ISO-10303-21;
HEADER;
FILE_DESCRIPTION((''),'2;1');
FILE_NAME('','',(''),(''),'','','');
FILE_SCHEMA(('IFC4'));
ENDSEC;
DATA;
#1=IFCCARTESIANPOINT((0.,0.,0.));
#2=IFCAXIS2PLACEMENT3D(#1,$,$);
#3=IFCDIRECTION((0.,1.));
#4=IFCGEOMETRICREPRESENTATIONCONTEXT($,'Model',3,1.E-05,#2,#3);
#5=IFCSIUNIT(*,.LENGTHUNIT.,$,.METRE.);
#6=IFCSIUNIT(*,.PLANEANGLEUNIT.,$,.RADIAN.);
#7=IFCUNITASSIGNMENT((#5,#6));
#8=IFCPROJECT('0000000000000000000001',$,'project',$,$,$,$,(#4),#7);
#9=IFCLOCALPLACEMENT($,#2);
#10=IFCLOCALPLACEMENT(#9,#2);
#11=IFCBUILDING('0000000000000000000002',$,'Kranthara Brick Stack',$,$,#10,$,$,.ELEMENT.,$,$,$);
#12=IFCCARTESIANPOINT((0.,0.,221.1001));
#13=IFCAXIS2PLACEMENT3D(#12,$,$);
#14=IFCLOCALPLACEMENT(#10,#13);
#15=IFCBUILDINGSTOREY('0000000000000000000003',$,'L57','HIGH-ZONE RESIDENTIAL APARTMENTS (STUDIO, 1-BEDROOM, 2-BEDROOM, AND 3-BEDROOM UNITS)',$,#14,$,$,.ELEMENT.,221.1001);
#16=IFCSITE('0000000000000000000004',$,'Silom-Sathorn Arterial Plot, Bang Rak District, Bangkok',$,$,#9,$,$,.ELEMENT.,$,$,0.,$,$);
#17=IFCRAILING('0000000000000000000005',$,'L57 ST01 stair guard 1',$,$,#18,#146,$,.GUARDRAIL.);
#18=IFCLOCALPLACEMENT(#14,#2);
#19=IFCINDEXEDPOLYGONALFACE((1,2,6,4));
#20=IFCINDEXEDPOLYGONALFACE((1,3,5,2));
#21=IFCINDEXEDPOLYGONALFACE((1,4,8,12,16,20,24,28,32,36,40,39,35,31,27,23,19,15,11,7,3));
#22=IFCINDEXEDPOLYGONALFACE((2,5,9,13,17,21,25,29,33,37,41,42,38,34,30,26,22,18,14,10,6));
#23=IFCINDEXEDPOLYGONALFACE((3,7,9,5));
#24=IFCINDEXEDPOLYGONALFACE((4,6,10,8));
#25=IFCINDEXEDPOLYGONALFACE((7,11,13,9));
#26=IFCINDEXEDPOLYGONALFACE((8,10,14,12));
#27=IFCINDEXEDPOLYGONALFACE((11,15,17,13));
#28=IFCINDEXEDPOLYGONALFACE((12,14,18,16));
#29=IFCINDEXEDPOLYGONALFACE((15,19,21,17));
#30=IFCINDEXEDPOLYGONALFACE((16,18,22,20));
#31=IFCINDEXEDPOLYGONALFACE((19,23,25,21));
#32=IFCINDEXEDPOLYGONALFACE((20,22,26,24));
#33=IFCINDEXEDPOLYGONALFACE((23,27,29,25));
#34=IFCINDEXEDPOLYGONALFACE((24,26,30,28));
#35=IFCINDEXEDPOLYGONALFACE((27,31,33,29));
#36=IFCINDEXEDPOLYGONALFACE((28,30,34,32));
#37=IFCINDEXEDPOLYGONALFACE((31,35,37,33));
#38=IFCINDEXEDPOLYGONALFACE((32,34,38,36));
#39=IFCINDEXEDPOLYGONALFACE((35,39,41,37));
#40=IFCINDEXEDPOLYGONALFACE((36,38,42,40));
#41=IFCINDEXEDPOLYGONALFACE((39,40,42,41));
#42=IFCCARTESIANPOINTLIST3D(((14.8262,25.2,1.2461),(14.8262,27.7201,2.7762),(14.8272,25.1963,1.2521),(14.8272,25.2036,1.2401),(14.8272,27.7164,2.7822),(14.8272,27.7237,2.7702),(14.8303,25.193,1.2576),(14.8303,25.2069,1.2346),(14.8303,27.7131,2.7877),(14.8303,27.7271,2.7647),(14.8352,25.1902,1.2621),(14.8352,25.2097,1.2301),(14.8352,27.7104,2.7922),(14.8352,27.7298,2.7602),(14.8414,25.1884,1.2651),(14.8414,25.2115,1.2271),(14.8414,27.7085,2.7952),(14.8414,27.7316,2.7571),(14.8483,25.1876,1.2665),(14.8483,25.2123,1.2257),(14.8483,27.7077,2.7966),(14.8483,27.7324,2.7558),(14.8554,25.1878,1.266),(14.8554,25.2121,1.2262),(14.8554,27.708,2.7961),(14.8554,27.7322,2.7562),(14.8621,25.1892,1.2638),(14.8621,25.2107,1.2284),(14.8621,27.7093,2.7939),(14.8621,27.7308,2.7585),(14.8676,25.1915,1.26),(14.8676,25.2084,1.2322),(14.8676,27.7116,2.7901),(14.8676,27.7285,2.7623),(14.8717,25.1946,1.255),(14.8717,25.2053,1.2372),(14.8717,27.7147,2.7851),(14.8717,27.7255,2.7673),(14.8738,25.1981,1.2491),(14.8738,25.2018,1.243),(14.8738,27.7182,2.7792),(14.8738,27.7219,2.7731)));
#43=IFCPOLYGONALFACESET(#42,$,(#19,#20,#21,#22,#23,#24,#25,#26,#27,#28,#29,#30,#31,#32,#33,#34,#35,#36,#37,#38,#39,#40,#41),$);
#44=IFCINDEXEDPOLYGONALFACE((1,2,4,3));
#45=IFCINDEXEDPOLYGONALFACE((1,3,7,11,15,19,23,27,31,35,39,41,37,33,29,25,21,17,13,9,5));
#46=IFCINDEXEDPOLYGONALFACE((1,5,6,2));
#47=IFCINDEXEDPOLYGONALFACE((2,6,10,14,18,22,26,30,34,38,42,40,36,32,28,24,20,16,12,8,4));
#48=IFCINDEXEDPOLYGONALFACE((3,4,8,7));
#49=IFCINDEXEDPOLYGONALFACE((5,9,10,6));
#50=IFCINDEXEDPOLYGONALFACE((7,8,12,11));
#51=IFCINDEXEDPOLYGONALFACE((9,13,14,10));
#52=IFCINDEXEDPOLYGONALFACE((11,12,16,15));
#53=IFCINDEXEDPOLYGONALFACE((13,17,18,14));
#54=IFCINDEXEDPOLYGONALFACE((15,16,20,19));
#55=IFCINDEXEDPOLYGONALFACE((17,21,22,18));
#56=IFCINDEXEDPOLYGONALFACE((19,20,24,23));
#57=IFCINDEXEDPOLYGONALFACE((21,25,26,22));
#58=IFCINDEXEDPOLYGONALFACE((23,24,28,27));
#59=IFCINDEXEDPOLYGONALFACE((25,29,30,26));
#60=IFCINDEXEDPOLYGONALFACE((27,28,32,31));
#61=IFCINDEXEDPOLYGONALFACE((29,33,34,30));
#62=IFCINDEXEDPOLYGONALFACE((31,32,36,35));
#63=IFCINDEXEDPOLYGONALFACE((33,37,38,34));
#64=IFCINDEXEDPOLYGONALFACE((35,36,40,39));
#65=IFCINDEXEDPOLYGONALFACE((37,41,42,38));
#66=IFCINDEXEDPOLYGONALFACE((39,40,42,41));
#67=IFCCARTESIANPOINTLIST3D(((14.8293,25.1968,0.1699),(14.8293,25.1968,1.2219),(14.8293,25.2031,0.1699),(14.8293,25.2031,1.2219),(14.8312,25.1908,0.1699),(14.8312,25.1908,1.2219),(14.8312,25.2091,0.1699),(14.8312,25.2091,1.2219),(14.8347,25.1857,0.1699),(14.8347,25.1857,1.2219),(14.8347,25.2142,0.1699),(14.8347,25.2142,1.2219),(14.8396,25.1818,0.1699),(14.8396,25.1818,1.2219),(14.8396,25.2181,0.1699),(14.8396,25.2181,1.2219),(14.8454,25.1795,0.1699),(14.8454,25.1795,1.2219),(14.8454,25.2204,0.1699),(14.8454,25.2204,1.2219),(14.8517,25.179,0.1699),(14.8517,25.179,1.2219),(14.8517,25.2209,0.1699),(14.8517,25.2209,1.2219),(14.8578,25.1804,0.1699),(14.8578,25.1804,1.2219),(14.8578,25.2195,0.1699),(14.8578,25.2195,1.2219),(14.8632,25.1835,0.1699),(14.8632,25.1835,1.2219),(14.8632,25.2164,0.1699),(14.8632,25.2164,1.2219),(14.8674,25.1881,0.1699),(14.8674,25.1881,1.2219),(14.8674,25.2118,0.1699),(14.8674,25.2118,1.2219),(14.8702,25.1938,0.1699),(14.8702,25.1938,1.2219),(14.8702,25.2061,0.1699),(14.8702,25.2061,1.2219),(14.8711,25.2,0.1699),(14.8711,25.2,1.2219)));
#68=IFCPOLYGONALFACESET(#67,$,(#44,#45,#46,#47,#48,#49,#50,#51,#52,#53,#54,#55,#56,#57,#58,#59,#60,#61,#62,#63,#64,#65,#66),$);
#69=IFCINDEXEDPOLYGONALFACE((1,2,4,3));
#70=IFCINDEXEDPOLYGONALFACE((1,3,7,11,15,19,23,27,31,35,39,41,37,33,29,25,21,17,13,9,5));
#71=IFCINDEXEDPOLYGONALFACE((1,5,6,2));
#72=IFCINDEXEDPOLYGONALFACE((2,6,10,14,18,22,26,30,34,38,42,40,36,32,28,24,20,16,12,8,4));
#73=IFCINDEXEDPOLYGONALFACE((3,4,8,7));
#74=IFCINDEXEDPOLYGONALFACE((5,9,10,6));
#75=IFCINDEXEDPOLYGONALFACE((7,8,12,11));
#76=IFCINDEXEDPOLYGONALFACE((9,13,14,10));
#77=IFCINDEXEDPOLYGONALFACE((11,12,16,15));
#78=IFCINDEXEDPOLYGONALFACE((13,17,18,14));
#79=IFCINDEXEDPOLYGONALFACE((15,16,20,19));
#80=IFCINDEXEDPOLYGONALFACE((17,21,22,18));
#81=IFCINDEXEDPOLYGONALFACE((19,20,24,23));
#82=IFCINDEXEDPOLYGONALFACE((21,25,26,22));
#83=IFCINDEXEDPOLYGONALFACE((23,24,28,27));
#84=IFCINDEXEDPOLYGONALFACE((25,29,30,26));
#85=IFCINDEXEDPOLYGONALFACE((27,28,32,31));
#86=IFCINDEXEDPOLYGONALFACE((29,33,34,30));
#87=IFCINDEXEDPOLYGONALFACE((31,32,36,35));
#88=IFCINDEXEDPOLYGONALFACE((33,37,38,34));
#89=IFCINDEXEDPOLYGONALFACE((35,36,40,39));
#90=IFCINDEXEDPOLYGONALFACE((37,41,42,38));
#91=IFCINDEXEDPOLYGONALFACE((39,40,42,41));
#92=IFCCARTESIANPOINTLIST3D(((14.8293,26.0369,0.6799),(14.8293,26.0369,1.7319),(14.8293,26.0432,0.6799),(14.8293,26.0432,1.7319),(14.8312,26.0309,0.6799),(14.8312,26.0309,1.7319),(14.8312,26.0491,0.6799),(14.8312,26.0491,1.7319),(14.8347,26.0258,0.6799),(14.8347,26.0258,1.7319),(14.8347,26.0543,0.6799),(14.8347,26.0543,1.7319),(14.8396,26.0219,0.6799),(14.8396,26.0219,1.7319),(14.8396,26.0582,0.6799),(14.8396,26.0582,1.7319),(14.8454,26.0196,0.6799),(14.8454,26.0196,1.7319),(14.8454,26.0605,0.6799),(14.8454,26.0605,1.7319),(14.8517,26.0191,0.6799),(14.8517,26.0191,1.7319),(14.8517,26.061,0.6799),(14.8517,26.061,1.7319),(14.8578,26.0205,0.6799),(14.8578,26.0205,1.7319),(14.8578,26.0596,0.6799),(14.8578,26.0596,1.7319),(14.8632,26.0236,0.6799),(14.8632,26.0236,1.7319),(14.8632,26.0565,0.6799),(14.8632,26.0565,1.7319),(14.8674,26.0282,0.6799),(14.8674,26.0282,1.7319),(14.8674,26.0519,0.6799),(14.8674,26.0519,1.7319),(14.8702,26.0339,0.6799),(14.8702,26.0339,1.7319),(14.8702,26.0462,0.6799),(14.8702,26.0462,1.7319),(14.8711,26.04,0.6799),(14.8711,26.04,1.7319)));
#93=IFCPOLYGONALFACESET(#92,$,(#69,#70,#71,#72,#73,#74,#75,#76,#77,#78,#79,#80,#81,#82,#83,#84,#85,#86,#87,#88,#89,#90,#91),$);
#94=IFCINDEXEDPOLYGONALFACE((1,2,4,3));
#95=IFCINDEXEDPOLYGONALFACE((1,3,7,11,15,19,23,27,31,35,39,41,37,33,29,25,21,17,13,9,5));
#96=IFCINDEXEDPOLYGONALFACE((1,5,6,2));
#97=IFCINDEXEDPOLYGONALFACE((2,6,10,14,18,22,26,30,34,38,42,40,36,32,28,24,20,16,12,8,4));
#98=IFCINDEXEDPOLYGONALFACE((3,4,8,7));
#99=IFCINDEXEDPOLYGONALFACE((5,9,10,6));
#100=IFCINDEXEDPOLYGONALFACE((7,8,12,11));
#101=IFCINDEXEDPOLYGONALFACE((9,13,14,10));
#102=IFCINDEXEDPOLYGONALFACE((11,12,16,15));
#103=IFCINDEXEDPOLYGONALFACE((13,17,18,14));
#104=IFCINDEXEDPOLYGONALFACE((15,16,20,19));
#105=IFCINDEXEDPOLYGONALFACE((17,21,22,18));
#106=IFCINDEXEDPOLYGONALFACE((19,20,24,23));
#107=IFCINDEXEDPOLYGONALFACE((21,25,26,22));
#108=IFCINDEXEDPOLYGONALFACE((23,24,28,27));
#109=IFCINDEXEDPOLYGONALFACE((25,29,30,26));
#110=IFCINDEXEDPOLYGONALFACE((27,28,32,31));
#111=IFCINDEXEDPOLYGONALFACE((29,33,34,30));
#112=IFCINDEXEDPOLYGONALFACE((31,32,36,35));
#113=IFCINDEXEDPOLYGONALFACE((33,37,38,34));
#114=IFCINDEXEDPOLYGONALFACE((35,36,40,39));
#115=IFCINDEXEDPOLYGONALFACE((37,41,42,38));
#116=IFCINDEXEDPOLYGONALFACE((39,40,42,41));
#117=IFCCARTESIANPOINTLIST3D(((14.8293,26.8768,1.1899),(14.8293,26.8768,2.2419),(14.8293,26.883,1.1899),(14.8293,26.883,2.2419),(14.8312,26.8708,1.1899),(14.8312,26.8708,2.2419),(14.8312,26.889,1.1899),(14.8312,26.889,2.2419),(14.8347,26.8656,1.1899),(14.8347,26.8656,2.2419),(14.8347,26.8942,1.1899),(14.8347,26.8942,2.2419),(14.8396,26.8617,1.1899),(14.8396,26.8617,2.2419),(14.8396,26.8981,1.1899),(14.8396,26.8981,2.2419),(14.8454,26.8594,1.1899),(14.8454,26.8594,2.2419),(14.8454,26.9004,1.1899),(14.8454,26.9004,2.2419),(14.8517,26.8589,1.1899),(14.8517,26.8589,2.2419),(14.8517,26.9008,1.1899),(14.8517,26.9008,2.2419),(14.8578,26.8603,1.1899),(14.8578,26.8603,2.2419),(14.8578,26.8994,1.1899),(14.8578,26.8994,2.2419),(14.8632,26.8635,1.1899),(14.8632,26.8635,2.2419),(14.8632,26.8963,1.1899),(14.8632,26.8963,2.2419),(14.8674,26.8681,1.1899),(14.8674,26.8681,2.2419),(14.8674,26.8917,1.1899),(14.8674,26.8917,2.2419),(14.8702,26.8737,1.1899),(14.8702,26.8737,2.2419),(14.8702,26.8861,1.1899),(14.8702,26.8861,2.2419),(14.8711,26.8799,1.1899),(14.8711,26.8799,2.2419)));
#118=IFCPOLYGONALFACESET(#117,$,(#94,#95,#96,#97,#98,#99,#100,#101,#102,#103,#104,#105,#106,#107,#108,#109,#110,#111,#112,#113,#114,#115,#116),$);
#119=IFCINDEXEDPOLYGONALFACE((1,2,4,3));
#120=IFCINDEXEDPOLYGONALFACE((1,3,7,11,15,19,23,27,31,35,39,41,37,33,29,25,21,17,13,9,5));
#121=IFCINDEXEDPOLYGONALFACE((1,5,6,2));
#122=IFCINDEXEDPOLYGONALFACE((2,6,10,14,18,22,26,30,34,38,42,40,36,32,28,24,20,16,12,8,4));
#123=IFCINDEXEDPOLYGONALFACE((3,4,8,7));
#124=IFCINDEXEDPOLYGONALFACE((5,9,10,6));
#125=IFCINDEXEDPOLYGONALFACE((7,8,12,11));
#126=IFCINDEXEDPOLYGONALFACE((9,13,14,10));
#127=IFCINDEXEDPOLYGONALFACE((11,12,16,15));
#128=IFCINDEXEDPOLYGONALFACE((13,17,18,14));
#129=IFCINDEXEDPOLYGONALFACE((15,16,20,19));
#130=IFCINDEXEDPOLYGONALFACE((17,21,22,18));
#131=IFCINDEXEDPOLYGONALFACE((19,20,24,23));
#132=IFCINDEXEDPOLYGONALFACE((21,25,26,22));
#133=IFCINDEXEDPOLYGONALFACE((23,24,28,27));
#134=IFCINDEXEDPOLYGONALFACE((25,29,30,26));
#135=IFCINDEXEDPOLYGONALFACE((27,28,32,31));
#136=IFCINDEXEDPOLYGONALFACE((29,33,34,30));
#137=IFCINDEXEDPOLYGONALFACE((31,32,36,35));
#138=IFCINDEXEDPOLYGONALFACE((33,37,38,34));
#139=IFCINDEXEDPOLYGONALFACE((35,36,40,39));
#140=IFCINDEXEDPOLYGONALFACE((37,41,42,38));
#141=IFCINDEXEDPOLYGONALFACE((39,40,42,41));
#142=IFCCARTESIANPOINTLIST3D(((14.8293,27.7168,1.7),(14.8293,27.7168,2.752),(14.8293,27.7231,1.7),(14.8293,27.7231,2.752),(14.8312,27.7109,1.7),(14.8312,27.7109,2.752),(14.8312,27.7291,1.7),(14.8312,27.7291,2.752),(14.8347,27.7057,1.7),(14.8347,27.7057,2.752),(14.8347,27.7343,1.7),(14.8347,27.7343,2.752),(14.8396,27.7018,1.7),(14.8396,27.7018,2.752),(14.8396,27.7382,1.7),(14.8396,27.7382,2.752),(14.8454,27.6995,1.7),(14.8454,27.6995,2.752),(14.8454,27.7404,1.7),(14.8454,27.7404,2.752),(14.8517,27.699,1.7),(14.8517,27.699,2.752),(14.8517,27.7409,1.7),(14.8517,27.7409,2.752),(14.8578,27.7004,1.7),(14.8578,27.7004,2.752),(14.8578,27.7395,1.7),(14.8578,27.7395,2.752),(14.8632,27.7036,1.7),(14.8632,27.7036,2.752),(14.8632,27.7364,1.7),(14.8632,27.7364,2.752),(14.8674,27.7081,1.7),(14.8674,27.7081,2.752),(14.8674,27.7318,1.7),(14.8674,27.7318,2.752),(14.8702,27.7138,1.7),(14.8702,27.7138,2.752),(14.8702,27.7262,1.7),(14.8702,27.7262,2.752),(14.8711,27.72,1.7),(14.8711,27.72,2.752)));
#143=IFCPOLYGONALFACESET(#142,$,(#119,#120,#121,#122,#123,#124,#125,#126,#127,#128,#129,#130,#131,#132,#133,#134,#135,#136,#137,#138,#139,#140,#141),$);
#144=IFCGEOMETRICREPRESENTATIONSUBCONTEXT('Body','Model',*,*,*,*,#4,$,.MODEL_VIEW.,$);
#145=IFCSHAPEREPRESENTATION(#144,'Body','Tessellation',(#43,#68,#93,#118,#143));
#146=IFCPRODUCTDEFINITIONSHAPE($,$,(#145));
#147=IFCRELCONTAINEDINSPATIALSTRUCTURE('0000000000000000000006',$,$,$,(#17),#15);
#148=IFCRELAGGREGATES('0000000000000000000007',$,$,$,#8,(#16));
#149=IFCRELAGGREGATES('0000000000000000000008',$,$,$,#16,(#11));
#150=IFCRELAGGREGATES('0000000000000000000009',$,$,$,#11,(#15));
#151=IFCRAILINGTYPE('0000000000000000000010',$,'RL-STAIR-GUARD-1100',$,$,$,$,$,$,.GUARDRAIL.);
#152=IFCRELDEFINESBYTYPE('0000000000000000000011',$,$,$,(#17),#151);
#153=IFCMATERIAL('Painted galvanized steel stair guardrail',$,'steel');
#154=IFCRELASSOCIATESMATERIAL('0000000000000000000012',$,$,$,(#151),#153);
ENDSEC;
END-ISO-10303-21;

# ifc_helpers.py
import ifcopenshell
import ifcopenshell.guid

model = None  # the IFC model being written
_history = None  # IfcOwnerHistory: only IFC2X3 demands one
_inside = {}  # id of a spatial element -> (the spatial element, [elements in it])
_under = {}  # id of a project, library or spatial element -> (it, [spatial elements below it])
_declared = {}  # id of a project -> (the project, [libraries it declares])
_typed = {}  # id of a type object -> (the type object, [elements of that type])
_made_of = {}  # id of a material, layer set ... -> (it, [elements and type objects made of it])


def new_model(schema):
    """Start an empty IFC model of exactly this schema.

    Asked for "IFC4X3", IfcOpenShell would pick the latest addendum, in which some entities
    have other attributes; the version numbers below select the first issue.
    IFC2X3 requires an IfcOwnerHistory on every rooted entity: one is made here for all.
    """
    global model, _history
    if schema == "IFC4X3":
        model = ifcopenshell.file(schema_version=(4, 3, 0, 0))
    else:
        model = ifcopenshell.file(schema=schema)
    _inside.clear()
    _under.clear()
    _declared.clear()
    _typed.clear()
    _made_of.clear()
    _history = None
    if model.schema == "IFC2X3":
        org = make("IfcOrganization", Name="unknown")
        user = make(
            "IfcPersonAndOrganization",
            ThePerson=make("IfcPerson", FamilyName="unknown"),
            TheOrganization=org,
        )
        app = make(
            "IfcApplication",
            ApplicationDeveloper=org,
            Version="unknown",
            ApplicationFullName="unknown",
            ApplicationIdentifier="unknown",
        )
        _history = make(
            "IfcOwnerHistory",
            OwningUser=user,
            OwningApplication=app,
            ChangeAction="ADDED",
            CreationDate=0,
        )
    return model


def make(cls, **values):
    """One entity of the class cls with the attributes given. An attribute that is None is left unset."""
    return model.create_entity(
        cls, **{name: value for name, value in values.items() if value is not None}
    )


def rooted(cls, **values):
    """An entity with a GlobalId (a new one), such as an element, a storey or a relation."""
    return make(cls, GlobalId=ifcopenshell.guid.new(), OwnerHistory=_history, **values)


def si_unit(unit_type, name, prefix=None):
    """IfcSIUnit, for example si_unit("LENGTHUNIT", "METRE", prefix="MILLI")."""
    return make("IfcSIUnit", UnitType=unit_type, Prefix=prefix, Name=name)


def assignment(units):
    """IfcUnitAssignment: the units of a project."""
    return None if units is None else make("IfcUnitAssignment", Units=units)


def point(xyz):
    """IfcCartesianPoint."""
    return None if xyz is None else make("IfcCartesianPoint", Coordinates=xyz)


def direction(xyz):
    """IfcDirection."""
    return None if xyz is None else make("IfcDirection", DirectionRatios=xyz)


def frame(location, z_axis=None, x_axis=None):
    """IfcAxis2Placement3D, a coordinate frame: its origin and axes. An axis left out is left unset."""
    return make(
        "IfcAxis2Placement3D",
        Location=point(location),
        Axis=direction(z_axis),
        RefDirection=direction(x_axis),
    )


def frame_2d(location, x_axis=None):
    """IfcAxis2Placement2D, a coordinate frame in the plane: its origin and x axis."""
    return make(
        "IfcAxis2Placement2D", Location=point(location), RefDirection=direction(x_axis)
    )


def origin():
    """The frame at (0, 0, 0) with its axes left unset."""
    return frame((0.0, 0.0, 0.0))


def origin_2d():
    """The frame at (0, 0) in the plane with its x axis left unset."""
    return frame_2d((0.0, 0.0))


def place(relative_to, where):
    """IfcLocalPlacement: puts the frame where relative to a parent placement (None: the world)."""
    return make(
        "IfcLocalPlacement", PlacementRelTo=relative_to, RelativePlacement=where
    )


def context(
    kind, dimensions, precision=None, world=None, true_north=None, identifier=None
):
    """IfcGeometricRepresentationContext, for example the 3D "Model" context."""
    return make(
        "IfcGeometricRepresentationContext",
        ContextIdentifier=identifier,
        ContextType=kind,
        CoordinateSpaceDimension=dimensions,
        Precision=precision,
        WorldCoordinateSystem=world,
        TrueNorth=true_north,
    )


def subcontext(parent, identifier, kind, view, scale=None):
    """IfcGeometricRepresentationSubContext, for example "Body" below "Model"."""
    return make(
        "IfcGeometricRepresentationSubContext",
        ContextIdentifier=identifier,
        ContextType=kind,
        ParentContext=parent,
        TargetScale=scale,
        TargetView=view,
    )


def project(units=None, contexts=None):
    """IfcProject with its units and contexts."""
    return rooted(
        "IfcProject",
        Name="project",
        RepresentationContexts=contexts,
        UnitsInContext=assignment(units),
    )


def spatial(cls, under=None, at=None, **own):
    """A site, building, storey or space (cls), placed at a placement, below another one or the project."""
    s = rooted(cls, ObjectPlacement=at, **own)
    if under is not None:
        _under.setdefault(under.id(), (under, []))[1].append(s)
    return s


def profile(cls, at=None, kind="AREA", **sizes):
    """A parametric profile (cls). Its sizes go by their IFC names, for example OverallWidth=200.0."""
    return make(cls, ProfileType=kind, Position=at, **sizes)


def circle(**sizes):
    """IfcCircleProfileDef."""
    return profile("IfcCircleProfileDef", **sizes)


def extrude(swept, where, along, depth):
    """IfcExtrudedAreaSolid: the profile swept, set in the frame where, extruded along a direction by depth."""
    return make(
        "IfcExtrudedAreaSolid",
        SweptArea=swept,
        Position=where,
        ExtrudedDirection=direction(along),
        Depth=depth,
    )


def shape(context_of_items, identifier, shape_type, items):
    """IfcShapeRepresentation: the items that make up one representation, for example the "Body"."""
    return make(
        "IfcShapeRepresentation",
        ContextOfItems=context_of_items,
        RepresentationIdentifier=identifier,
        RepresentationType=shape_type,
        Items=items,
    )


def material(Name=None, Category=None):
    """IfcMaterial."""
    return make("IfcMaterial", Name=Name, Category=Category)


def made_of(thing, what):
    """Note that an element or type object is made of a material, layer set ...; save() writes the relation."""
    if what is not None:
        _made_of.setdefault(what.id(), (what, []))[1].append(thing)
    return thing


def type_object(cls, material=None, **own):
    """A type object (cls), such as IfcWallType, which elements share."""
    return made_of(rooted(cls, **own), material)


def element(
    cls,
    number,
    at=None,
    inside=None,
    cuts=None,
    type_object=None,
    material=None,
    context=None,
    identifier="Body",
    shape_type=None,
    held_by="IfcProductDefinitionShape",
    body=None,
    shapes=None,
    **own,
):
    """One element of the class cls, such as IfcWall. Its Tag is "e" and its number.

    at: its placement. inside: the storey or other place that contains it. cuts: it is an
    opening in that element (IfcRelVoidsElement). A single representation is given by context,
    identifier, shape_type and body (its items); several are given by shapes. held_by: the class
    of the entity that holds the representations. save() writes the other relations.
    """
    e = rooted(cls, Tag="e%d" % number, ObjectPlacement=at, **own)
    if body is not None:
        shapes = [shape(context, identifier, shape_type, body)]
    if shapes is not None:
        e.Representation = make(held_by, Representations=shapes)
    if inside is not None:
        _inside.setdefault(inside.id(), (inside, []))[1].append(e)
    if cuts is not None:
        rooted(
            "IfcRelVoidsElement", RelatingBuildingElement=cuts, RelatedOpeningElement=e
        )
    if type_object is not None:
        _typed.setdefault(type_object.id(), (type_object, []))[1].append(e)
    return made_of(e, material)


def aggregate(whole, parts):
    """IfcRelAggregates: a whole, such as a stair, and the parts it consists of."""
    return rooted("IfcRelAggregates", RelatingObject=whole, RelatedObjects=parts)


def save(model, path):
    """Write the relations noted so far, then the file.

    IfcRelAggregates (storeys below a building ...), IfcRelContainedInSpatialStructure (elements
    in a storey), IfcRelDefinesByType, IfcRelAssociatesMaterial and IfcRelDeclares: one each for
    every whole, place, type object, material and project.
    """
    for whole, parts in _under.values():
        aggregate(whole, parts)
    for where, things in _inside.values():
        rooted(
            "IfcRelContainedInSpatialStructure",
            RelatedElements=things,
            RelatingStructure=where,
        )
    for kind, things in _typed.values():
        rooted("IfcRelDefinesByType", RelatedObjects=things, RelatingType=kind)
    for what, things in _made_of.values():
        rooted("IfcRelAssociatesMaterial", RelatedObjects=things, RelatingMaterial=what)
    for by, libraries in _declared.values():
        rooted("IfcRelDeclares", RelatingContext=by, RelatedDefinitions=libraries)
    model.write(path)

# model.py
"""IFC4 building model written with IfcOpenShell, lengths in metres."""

from ifc_helpers import new_model, si_unit, direction, frame, origin, origin_2d, place, context, subcontext, project, spatial, circle, extrude, material, type_object, element, save


model = new_model("IFC4")

# Units and contexts
model_context = context("Model", 3, precision=1e-05, world=origin(), true_north=direction((0.0, 1.0)))
body_context = subcontext(model_context, "Body", "Model", "MODEL_VIEW")
ifc_project = project(units=[si_unit("LENGTHUNIT", "METRE"), si_unit("PLANEANGLEUNIT", "RADIAN")], contexts=[model_context])

# Site, building, storey
site_placement = place(None, origin())
site = spatial("IfcSite", under=ifc_project, at=site_placement, Name="Silom-Sathorn Arterial Plot, Bang Rak District, Bangkok", CompositionType="ELEMENT", RefElevation=0.0)
building_placement = place(site_placement, origin())
building = spatial("IfcBuilding", under=site, at=building_placement, Name="Kranthara Brick Stack", CompositionType="ELEMENT")
storey_placement = place(building_placement, frame((0.0, 0.0, 221.1001)))
storey = spatial("IfcBuildingStorey", under=building, at=storey_placement, Name="L57", Description="HIGH-ZONE RESIDENTIAL APARTMENTS (STUDIO, 1-BEDROOM, 2-BEDROOM, AND 3-BEDROOM UNITS)", CompositionType="ELEMENT", Elevation=221.1001)

# Railing
ifc_material_1 = material(Name="Painted galvanized steel stair guardrail", Category="steel")
railing_type_1 = type_object("IfcRailingType", Name="RL-STAIR-GUARD-1100", PredefinedType="GUARDRAIL", material=ifc_material_1)
railing_1_placement = place(storey_placement, frame((14.8501, 25.2, 0.1699)))
element("IfcRailing", 1, at=railing_1_placement, inside=storey, type_object=railing_type_1, Name="L57 ST01 stair guard 1", PredefinedType="GUARDRAIL", context=body_context, shape_type="SweptSolid", body=[
    extrude(circle(Radius=0.0239, at=origin_2d()), frame((0.0, 0.0, 1.0762), z_axis=(0.0, 0.854785, 0.518982), x_axis=(-1.0, 0.0, 0.0)), (0.0, 0.0, 1.0), 2.9482),
    extrude(circle(Radius=0.021, at=origin_2d()), origin(), (0.0, 0.0, 1.0), 1.052),
    extrude(circle(Radius=0.021, at=origin_2d()), frame((0.0, 0.8401, 0.51)), (0.0, 0.0, 1.0), 1.052),
    extrude(circle(Radius=0.021, at=origin_2d()), frame((0.0, 1.6799, 1.02)), (0.0, 0.0, 1.0), 1.052),
    extrude(circle(Radius=0.021, at=origin_2d()), frame((0.0, 2.52, 1.53)), (0.0, 0.0, 1.0), 1.052),
])

save(model, "model.ifc")
